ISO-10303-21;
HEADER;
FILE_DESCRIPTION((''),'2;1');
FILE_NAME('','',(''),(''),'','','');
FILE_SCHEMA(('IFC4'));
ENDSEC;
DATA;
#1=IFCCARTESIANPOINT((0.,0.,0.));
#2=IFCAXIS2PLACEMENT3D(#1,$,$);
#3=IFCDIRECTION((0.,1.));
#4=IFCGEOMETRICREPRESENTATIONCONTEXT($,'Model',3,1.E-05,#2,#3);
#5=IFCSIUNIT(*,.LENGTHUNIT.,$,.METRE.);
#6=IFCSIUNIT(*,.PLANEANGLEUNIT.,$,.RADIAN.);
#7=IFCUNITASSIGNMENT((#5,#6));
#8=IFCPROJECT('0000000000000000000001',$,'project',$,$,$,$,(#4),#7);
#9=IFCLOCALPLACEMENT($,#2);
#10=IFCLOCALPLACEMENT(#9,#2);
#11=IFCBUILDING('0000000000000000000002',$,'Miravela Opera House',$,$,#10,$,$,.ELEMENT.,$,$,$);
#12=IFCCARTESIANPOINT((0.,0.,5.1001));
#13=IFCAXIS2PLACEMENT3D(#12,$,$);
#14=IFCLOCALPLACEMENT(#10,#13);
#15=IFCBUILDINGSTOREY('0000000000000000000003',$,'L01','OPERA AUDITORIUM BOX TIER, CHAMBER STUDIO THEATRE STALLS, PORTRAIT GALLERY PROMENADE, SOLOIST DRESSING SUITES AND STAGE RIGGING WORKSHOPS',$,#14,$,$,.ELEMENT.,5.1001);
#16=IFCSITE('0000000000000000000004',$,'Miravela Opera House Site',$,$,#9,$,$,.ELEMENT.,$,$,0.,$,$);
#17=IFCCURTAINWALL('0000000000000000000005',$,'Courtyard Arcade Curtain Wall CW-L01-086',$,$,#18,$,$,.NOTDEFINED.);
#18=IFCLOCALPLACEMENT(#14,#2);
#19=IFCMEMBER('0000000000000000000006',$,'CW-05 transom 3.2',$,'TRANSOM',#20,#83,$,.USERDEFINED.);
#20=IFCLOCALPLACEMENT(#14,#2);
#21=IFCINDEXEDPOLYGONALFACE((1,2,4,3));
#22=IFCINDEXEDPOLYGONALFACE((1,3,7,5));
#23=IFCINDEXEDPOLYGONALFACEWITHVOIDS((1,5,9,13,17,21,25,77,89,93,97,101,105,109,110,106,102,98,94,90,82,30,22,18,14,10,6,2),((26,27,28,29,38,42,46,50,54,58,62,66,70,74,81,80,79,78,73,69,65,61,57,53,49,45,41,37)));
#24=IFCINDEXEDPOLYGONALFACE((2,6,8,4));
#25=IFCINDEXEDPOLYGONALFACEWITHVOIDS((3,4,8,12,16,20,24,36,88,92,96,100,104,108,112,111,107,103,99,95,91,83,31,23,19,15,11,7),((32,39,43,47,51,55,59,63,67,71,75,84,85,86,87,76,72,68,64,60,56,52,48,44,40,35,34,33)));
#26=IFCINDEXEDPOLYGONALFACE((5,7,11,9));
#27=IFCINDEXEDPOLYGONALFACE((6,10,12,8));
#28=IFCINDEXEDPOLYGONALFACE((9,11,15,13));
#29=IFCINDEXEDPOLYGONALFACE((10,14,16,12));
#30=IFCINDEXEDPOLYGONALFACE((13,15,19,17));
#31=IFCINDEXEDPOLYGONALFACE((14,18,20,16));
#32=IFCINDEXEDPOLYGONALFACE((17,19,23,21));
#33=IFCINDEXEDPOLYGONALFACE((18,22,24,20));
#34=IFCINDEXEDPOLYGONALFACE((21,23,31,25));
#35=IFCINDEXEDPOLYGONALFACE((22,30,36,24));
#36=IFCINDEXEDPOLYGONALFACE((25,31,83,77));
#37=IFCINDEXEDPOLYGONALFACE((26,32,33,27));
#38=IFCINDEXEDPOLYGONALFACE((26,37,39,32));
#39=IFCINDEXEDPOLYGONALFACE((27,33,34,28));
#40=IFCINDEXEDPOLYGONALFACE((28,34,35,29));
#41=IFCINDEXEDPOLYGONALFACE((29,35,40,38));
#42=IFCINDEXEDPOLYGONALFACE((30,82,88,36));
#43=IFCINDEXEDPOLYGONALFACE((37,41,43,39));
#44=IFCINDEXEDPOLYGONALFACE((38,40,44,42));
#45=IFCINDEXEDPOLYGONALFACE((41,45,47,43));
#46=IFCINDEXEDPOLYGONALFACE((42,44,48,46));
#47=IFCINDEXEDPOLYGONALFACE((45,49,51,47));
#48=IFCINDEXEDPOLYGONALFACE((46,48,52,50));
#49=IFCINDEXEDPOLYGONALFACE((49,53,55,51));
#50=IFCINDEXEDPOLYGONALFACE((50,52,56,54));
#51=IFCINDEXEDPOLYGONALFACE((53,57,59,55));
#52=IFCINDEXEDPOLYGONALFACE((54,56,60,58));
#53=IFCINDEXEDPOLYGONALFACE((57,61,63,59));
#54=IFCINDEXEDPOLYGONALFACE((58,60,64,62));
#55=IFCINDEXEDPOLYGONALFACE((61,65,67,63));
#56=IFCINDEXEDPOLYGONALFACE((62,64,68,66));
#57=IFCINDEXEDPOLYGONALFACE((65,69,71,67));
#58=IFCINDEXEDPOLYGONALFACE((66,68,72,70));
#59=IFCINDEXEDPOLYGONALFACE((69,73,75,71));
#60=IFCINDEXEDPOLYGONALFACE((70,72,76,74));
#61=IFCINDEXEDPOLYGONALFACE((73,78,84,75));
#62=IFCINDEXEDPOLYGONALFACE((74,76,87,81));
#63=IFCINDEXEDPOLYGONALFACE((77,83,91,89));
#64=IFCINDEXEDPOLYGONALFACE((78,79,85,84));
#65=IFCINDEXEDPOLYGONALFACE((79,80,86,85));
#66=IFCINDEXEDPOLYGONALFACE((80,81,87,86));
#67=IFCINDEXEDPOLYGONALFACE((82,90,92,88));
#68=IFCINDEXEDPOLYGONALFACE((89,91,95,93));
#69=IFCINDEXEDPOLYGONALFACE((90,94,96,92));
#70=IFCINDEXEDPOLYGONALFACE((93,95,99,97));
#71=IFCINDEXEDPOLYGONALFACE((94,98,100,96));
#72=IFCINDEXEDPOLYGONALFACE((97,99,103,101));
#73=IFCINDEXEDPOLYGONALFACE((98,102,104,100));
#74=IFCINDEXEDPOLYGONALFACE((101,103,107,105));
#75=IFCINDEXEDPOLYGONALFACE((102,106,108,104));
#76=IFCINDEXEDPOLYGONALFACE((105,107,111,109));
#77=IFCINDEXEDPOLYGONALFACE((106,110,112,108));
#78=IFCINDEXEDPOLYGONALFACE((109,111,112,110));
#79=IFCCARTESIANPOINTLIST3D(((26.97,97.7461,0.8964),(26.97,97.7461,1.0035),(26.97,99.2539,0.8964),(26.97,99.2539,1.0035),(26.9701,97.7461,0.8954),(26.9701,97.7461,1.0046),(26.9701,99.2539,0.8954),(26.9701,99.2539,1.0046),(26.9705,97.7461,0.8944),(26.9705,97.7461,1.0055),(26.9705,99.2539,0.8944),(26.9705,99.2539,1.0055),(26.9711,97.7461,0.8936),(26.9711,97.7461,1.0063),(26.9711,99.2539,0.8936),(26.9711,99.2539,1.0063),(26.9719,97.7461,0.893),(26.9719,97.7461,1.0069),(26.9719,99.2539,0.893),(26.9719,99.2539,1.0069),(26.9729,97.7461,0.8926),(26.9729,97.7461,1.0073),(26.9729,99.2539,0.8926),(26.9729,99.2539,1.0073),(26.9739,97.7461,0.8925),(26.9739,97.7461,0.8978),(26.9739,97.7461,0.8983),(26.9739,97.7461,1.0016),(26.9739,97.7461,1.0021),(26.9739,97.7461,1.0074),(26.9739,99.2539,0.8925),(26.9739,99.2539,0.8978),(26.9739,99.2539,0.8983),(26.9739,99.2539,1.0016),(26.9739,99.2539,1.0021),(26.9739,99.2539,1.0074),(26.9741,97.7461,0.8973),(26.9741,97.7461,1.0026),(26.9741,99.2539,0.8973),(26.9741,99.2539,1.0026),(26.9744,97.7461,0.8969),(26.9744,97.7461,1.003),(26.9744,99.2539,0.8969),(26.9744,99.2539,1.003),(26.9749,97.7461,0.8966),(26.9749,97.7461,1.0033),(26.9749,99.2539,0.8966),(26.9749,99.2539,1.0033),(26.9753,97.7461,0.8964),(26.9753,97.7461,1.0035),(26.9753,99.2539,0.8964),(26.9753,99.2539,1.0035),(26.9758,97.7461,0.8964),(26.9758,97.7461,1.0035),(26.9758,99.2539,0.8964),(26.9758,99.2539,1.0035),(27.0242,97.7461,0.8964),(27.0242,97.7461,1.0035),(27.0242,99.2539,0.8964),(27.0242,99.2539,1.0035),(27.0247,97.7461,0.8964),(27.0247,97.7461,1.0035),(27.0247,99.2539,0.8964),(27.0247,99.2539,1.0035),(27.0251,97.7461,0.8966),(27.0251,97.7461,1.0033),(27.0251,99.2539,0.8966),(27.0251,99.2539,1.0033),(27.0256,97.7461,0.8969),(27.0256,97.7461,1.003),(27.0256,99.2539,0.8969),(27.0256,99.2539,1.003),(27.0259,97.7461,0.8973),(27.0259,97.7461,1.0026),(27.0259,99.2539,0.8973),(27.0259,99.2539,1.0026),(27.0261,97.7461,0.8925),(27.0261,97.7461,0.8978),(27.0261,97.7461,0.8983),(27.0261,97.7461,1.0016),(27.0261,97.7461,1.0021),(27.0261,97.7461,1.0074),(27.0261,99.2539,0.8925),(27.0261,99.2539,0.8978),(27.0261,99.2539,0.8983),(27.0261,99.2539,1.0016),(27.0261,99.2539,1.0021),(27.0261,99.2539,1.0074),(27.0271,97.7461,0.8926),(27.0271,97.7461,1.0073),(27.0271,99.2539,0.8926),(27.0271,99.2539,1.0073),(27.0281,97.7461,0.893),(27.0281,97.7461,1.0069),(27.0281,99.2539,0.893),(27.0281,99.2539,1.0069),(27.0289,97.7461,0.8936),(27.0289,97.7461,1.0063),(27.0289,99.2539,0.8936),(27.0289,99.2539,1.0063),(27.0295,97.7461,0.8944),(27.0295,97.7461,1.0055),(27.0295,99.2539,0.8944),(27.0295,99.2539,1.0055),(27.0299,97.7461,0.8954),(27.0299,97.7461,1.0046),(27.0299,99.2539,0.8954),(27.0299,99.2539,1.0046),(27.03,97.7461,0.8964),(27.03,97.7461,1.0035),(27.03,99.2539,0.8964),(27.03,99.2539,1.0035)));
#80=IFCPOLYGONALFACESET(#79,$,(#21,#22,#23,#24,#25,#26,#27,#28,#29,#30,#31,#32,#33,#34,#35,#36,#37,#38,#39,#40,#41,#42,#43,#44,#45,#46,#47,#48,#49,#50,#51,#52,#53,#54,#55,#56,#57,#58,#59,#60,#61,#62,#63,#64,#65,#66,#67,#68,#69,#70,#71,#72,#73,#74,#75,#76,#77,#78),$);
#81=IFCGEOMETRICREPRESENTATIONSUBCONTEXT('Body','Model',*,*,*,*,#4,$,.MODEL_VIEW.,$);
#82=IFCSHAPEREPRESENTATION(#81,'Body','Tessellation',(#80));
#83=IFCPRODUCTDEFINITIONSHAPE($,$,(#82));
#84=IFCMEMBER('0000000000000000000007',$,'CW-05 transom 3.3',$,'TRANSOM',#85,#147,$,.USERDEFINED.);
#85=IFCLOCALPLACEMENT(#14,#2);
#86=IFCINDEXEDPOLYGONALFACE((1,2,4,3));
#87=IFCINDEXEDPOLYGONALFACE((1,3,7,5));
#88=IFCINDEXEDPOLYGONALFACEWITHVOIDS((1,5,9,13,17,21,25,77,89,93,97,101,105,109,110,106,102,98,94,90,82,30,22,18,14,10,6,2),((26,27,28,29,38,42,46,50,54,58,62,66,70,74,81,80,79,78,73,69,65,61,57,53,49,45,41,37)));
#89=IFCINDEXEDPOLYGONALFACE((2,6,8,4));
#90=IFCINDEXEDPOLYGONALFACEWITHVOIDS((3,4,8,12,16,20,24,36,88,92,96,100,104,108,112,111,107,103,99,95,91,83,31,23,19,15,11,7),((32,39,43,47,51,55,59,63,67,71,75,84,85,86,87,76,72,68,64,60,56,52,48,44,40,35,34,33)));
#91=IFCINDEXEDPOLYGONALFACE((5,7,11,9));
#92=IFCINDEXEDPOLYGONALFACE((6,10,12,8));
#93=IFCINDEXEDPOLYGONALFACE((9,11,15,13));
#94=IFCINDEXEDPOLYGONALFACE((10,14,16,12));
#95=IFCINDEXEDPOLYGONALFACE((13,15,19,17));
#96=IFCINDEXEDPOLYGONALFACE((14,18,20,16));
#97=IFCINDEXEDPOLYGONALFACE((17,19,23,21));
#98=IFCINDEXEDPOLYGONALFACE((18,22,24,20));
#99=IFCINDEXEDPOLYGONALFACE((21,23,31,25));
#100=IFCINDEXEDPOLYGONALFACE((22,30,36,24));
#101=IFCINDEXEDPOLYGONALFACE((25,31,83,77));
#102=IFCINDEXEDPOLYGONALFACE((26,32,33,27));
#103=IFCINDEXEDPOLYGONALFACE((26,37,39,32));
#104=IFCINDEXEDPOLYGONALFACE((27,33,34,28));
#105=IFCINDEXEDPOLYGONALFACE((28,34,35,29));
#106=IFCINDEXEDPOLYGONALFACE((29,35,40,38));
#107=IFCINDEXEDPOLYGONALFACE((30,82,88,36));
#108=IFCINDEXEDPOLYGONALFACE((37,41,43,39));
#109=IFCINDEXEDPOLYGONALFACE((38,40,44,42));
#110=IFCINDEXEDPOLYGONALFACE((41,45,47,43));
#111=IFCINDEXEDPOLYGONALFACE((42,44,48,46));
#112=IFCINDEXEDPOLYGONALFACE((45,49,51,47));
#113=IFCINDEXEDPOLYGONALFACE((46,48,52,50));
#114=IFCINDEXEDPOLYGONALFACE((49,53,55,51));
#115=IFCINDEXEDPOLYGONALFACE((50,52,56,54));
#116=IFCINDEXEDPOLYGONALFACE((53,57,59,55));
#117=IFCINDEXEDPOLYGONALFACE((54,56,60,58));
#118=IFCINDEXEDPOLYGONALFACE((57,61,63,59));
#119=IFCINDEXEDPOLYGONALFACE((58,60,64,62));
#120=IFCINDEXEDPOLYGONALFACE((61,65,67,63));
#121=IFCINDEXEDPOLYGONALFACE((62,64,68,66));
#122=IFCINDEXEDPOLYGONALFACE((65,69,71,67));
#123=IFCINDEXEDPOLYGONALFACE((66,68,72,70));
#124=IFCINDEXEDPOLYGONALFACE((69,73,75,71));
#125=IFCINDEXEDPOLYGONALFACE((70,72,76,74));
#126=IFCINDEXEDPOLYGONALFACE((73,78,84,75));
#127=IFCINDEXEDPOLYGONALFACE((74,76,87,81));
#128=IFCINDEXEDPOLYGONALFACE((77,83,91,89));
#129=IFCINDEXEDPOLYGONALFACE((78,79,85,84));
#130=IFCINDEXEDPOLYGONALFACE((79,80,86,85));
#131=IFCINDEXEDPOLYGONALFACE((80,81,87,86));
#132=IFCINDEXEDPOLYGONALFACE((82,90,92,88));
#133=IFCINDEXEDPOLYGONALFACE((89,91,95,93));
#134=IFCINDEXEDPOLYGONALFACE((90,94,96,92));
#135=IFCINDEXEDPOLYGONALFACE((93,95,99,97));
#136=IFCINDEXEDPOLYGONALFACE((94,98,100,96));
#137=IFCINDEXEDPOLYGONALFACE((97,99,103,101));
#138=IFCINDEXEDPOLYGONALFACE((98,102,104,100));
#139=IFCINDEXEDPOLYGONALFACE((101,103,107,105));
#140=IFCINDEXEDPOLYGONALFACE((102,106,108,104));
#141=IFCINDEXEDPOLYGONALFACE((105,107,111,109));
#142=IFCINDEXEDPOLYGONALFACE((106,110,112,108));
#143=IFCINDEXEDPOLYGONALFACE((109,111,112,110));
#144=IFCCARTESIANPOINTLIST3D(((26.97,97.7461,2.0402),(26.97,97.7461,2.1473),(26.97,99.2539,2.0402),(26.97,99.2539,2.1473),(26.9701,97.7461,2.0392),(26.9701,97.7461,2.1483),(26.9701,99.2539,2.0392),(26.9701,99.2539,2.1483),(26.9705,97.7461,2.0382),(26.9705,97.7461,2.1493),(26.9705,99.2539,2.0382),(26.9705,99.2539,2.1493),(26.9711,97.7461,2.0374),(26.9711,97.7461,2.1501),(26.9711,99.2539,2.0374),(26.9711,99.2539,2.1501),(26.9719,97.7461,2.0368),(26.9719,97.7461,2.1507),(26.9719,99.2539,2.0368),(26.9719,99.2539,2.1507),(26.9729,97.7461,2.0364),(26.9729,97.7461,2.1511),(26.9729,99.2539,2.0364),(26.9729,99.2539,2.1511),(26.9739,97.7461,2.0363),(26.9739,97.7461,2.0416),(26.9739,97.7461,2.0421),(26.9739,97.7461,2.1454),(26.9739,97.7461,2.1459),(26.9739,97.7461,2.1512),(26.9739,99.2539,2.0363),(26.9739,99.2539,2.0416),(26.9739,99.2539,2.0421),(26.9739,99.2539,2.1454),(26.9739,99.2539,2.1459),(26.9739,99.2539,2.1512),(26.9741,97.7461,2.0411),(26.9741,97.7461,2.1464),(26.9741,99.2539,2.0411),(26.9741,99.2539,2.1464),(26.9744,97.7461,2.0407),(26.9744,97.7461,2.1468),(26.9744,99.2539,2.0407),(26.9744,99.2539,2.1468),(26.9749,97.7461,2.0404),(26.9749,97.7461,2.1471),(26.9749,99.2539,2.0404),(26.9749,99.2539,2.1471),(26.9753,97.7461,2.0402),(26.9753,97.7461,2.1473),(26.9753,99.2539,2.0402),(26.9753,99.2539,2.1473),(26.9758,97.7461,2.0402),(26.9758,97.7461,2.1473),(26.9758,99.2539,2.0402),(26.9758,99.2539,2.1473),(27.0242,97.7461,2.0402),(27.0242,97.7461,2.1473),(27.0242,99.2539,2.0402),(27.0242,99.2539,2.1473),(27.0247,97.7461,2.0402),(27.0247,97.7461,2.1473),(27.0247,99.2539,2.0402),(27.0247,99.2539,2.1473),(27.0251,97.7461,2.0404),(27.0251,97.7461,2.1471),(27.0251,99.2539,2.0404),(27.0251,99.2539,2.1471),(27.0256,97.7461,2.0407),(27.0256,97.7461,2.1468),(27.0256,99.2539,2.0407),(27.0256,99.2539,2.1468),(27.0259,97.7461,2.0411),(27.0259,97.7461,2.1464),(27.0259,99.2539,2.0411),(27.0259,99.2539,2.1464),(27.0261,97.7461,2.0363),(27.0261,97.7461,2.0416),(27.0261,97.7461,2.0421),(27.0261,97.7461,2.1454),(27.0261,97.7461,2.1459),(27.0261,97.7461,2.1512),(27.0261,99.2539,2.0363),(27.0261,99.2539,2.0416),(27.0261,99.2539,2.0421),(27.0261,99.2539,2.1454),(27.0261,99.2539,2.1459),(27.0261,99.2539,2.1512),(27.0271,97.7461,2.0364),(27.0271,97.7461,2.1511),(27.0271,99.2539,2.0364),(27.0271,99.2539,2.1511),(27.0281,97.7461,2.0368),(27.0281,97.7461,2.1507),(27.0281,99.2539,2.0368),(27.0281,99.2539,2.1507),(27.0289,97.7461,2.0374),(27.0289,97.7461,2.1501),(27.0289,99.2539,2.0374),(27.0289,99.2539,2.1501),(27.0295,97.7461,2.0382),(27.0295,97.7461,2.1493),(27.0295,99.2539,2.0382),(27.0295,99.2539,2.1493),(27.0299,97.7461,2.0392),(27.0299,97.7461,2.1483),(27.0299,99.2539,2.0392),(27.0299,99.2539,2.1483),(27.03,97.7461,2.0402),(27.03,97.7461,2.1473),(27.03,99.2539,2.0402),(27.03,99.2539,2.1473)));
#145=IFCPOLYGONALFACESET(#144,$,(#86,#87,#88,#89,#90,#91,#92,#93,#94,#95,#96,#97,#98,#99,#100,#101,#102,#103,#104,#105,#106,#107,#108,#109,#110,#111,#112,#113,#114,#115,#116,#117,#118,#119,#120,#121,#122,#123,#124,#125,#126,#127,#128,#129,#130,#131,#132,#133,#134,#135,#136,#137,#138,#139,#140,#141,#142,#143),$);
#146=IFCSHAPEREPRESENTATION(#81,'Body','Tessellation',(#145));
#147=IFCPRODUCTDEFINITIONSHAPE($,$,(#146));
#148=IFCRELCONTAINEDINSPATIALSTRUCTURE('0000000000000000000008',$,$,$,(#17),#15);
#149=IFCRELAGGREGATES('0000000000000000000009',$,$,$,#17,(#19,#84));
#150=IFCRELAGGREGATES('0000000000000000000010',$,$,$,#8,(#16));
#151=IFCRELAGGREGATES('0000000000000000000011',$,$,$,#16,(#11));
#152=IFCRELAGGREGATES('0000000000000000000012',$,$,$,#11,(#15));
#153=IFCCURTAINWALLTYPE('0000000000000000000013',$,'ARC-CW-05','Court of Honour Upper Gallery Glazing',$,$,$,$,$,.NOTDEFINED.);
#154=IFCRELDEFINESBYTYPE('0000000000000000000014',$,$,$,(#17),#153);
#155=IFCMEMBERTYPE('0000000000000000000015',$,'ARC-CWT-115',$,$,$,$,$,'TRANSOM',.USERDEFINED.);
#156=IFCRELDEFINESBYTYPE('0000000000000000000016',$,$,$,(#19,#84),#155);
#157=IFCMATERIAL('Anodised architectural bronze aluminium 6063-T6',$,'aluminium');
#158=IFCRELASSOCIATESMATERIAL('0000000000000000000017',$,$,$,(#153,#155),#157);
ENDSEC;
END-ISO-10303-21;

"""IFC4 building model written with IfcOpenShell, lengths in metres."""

from ifc_helpers import new_model, si_unit, direction, frame, origin, origin_2d, place, context, subcontext, project, spatial, hollow_rectangle, extrude, material, material_profile, profile_set, type_object, element, aggregate, save


model = new_model("IFC4")

# Units and contexts
model_context = context("Model", 3, precision=1e-05, world=origin(), true_north=direction((0.0, 1.0)))
body_context = subcontext(model_context, "Body", "Model", "MODEL_VIEW")
ifc_project = project(units=[si_unit("LENGTHUNIT", "METRE"), si_unit("PLANEANGLEUNIT", "RADIAN")], contexts=[model_context])

# Site, building, storey
site_placement = place(None, origin())
site = spatial("IfcSite", under=ifc_project, at=site_placement, Name="Miravela Opera House Site", CompositionType="ELEMENT", RefElevation=0.0)
building_placement = place(site_placement, origin())
building = spatial("IfcBuilding", under=site, at=building_placement, Name="Miravela Opera House", CompositionType="ELEMENT")
storey_placement = place(building_placement, frame((0.0, 0.0, 5.1001)))
storey = spatial("IfcBuildingStorey", under=building, at=storey_placement, Name="L01", Description="OPERA AUDITORIUM BOX TIER, CHAMBER STUDIO THEATRE STALLS, PORTRAIT GALLERY PROMENADE, SOLOIST DRESSING SUITES AND STAGE RIGGING WORKSHOPS", CompositionType="ELEMENT", Elevation=5.1001)

# Curtain wall, members
ifc_material_1 = material(Name="Anodised architectural bronze aluminium 6063-T6", Category="aluminium")
curtain_wall_type = type_object("IfcCurtainWallType", Name="ARC-CW-05", Description="Court of Honour Upper Gallery Glazing", PredefinedType="NOTDEFINED", material=ifc_material_1)
curtain_wall_placement = place(storey_placement, origin())
curtain_wall = element("IfcCurtainWall", 1, at=curtain_wall_placement, inside=storey, type_object=curtain_wall_type, Name="Courtyard Arcade Curtain Wall CW-L01-086", PredefinedType="NOTDEFINED")
ifc_material_profile_1 = material_profile(ifc_material_1, hollow_rectangle(XDim=0.0601, YDim=0.115, WallThickness=0.0039, InnerFilletRadius=0.002, OuterFilletRadius=0.0039, at=origin_2d()), Name="CWT-60X115")
ifc_profile_set_1 = profile_set([ifc_material_profile_1])
member_type_1 = type_object("IfcMemberType", Name="ARC-CWT-115", ElementType="TRANSOM", PredefinedType="USERDEFINED", material=ifc_profile_set_1)
member_1_placement = place(storey_placement, frame((27.0, 97.7461, 0.95), z_axis=(0.0, 1.0, 0.0), x_axis=(-1.0, 0.0, 0.0)))
member_1 = element("IfcMember", 2, at=member_1_placement, type_object=member_type_1, Name="CW-05 transom 3.2", ObjectType="TRANSOM", PredefinedType="USERDEFINED", context=body_context, shape_type="SweptSolid", body=[
    extrude(hollow_rectangle(XDim=0.0601, YDim=0.115, WallThickness=0.0039, InnerFilletRadius=0.002, OuterFilletRadius=0.0039, at=origin_2d()), origin(), (0.0, 0.0, 1.0), 1.5078),
])
member_2_placement = place(storey_placement, frame((27.0, 97.7461, 2.0938), z_axis=(0.0, 1.0, 0.0), x_axis=(-1.0, 0.0, 0.0)))
member_2 = element("IfcMember", 3, at=member_2_placement, type_object=member_type_1, Name="CW-05 transom 3.3", ObjectType="TRANSOM", PredefinedType="USERDEFINED", context=body_context, shape_type="SweptSolid", body=[
    extrude(hollow_rectangle(XDim=0.0601, YDim=0.115, WallThickness=0.0039, InnerFilletRadius=0.002, OuterFilletRadius=0.0039, at=origin_2d()), origin(), (0.0, 0.0, 1.0), 1.5078),
])

aggregate(curtain_wall, [member_1, member_2])

save(model, "model.ifc")
